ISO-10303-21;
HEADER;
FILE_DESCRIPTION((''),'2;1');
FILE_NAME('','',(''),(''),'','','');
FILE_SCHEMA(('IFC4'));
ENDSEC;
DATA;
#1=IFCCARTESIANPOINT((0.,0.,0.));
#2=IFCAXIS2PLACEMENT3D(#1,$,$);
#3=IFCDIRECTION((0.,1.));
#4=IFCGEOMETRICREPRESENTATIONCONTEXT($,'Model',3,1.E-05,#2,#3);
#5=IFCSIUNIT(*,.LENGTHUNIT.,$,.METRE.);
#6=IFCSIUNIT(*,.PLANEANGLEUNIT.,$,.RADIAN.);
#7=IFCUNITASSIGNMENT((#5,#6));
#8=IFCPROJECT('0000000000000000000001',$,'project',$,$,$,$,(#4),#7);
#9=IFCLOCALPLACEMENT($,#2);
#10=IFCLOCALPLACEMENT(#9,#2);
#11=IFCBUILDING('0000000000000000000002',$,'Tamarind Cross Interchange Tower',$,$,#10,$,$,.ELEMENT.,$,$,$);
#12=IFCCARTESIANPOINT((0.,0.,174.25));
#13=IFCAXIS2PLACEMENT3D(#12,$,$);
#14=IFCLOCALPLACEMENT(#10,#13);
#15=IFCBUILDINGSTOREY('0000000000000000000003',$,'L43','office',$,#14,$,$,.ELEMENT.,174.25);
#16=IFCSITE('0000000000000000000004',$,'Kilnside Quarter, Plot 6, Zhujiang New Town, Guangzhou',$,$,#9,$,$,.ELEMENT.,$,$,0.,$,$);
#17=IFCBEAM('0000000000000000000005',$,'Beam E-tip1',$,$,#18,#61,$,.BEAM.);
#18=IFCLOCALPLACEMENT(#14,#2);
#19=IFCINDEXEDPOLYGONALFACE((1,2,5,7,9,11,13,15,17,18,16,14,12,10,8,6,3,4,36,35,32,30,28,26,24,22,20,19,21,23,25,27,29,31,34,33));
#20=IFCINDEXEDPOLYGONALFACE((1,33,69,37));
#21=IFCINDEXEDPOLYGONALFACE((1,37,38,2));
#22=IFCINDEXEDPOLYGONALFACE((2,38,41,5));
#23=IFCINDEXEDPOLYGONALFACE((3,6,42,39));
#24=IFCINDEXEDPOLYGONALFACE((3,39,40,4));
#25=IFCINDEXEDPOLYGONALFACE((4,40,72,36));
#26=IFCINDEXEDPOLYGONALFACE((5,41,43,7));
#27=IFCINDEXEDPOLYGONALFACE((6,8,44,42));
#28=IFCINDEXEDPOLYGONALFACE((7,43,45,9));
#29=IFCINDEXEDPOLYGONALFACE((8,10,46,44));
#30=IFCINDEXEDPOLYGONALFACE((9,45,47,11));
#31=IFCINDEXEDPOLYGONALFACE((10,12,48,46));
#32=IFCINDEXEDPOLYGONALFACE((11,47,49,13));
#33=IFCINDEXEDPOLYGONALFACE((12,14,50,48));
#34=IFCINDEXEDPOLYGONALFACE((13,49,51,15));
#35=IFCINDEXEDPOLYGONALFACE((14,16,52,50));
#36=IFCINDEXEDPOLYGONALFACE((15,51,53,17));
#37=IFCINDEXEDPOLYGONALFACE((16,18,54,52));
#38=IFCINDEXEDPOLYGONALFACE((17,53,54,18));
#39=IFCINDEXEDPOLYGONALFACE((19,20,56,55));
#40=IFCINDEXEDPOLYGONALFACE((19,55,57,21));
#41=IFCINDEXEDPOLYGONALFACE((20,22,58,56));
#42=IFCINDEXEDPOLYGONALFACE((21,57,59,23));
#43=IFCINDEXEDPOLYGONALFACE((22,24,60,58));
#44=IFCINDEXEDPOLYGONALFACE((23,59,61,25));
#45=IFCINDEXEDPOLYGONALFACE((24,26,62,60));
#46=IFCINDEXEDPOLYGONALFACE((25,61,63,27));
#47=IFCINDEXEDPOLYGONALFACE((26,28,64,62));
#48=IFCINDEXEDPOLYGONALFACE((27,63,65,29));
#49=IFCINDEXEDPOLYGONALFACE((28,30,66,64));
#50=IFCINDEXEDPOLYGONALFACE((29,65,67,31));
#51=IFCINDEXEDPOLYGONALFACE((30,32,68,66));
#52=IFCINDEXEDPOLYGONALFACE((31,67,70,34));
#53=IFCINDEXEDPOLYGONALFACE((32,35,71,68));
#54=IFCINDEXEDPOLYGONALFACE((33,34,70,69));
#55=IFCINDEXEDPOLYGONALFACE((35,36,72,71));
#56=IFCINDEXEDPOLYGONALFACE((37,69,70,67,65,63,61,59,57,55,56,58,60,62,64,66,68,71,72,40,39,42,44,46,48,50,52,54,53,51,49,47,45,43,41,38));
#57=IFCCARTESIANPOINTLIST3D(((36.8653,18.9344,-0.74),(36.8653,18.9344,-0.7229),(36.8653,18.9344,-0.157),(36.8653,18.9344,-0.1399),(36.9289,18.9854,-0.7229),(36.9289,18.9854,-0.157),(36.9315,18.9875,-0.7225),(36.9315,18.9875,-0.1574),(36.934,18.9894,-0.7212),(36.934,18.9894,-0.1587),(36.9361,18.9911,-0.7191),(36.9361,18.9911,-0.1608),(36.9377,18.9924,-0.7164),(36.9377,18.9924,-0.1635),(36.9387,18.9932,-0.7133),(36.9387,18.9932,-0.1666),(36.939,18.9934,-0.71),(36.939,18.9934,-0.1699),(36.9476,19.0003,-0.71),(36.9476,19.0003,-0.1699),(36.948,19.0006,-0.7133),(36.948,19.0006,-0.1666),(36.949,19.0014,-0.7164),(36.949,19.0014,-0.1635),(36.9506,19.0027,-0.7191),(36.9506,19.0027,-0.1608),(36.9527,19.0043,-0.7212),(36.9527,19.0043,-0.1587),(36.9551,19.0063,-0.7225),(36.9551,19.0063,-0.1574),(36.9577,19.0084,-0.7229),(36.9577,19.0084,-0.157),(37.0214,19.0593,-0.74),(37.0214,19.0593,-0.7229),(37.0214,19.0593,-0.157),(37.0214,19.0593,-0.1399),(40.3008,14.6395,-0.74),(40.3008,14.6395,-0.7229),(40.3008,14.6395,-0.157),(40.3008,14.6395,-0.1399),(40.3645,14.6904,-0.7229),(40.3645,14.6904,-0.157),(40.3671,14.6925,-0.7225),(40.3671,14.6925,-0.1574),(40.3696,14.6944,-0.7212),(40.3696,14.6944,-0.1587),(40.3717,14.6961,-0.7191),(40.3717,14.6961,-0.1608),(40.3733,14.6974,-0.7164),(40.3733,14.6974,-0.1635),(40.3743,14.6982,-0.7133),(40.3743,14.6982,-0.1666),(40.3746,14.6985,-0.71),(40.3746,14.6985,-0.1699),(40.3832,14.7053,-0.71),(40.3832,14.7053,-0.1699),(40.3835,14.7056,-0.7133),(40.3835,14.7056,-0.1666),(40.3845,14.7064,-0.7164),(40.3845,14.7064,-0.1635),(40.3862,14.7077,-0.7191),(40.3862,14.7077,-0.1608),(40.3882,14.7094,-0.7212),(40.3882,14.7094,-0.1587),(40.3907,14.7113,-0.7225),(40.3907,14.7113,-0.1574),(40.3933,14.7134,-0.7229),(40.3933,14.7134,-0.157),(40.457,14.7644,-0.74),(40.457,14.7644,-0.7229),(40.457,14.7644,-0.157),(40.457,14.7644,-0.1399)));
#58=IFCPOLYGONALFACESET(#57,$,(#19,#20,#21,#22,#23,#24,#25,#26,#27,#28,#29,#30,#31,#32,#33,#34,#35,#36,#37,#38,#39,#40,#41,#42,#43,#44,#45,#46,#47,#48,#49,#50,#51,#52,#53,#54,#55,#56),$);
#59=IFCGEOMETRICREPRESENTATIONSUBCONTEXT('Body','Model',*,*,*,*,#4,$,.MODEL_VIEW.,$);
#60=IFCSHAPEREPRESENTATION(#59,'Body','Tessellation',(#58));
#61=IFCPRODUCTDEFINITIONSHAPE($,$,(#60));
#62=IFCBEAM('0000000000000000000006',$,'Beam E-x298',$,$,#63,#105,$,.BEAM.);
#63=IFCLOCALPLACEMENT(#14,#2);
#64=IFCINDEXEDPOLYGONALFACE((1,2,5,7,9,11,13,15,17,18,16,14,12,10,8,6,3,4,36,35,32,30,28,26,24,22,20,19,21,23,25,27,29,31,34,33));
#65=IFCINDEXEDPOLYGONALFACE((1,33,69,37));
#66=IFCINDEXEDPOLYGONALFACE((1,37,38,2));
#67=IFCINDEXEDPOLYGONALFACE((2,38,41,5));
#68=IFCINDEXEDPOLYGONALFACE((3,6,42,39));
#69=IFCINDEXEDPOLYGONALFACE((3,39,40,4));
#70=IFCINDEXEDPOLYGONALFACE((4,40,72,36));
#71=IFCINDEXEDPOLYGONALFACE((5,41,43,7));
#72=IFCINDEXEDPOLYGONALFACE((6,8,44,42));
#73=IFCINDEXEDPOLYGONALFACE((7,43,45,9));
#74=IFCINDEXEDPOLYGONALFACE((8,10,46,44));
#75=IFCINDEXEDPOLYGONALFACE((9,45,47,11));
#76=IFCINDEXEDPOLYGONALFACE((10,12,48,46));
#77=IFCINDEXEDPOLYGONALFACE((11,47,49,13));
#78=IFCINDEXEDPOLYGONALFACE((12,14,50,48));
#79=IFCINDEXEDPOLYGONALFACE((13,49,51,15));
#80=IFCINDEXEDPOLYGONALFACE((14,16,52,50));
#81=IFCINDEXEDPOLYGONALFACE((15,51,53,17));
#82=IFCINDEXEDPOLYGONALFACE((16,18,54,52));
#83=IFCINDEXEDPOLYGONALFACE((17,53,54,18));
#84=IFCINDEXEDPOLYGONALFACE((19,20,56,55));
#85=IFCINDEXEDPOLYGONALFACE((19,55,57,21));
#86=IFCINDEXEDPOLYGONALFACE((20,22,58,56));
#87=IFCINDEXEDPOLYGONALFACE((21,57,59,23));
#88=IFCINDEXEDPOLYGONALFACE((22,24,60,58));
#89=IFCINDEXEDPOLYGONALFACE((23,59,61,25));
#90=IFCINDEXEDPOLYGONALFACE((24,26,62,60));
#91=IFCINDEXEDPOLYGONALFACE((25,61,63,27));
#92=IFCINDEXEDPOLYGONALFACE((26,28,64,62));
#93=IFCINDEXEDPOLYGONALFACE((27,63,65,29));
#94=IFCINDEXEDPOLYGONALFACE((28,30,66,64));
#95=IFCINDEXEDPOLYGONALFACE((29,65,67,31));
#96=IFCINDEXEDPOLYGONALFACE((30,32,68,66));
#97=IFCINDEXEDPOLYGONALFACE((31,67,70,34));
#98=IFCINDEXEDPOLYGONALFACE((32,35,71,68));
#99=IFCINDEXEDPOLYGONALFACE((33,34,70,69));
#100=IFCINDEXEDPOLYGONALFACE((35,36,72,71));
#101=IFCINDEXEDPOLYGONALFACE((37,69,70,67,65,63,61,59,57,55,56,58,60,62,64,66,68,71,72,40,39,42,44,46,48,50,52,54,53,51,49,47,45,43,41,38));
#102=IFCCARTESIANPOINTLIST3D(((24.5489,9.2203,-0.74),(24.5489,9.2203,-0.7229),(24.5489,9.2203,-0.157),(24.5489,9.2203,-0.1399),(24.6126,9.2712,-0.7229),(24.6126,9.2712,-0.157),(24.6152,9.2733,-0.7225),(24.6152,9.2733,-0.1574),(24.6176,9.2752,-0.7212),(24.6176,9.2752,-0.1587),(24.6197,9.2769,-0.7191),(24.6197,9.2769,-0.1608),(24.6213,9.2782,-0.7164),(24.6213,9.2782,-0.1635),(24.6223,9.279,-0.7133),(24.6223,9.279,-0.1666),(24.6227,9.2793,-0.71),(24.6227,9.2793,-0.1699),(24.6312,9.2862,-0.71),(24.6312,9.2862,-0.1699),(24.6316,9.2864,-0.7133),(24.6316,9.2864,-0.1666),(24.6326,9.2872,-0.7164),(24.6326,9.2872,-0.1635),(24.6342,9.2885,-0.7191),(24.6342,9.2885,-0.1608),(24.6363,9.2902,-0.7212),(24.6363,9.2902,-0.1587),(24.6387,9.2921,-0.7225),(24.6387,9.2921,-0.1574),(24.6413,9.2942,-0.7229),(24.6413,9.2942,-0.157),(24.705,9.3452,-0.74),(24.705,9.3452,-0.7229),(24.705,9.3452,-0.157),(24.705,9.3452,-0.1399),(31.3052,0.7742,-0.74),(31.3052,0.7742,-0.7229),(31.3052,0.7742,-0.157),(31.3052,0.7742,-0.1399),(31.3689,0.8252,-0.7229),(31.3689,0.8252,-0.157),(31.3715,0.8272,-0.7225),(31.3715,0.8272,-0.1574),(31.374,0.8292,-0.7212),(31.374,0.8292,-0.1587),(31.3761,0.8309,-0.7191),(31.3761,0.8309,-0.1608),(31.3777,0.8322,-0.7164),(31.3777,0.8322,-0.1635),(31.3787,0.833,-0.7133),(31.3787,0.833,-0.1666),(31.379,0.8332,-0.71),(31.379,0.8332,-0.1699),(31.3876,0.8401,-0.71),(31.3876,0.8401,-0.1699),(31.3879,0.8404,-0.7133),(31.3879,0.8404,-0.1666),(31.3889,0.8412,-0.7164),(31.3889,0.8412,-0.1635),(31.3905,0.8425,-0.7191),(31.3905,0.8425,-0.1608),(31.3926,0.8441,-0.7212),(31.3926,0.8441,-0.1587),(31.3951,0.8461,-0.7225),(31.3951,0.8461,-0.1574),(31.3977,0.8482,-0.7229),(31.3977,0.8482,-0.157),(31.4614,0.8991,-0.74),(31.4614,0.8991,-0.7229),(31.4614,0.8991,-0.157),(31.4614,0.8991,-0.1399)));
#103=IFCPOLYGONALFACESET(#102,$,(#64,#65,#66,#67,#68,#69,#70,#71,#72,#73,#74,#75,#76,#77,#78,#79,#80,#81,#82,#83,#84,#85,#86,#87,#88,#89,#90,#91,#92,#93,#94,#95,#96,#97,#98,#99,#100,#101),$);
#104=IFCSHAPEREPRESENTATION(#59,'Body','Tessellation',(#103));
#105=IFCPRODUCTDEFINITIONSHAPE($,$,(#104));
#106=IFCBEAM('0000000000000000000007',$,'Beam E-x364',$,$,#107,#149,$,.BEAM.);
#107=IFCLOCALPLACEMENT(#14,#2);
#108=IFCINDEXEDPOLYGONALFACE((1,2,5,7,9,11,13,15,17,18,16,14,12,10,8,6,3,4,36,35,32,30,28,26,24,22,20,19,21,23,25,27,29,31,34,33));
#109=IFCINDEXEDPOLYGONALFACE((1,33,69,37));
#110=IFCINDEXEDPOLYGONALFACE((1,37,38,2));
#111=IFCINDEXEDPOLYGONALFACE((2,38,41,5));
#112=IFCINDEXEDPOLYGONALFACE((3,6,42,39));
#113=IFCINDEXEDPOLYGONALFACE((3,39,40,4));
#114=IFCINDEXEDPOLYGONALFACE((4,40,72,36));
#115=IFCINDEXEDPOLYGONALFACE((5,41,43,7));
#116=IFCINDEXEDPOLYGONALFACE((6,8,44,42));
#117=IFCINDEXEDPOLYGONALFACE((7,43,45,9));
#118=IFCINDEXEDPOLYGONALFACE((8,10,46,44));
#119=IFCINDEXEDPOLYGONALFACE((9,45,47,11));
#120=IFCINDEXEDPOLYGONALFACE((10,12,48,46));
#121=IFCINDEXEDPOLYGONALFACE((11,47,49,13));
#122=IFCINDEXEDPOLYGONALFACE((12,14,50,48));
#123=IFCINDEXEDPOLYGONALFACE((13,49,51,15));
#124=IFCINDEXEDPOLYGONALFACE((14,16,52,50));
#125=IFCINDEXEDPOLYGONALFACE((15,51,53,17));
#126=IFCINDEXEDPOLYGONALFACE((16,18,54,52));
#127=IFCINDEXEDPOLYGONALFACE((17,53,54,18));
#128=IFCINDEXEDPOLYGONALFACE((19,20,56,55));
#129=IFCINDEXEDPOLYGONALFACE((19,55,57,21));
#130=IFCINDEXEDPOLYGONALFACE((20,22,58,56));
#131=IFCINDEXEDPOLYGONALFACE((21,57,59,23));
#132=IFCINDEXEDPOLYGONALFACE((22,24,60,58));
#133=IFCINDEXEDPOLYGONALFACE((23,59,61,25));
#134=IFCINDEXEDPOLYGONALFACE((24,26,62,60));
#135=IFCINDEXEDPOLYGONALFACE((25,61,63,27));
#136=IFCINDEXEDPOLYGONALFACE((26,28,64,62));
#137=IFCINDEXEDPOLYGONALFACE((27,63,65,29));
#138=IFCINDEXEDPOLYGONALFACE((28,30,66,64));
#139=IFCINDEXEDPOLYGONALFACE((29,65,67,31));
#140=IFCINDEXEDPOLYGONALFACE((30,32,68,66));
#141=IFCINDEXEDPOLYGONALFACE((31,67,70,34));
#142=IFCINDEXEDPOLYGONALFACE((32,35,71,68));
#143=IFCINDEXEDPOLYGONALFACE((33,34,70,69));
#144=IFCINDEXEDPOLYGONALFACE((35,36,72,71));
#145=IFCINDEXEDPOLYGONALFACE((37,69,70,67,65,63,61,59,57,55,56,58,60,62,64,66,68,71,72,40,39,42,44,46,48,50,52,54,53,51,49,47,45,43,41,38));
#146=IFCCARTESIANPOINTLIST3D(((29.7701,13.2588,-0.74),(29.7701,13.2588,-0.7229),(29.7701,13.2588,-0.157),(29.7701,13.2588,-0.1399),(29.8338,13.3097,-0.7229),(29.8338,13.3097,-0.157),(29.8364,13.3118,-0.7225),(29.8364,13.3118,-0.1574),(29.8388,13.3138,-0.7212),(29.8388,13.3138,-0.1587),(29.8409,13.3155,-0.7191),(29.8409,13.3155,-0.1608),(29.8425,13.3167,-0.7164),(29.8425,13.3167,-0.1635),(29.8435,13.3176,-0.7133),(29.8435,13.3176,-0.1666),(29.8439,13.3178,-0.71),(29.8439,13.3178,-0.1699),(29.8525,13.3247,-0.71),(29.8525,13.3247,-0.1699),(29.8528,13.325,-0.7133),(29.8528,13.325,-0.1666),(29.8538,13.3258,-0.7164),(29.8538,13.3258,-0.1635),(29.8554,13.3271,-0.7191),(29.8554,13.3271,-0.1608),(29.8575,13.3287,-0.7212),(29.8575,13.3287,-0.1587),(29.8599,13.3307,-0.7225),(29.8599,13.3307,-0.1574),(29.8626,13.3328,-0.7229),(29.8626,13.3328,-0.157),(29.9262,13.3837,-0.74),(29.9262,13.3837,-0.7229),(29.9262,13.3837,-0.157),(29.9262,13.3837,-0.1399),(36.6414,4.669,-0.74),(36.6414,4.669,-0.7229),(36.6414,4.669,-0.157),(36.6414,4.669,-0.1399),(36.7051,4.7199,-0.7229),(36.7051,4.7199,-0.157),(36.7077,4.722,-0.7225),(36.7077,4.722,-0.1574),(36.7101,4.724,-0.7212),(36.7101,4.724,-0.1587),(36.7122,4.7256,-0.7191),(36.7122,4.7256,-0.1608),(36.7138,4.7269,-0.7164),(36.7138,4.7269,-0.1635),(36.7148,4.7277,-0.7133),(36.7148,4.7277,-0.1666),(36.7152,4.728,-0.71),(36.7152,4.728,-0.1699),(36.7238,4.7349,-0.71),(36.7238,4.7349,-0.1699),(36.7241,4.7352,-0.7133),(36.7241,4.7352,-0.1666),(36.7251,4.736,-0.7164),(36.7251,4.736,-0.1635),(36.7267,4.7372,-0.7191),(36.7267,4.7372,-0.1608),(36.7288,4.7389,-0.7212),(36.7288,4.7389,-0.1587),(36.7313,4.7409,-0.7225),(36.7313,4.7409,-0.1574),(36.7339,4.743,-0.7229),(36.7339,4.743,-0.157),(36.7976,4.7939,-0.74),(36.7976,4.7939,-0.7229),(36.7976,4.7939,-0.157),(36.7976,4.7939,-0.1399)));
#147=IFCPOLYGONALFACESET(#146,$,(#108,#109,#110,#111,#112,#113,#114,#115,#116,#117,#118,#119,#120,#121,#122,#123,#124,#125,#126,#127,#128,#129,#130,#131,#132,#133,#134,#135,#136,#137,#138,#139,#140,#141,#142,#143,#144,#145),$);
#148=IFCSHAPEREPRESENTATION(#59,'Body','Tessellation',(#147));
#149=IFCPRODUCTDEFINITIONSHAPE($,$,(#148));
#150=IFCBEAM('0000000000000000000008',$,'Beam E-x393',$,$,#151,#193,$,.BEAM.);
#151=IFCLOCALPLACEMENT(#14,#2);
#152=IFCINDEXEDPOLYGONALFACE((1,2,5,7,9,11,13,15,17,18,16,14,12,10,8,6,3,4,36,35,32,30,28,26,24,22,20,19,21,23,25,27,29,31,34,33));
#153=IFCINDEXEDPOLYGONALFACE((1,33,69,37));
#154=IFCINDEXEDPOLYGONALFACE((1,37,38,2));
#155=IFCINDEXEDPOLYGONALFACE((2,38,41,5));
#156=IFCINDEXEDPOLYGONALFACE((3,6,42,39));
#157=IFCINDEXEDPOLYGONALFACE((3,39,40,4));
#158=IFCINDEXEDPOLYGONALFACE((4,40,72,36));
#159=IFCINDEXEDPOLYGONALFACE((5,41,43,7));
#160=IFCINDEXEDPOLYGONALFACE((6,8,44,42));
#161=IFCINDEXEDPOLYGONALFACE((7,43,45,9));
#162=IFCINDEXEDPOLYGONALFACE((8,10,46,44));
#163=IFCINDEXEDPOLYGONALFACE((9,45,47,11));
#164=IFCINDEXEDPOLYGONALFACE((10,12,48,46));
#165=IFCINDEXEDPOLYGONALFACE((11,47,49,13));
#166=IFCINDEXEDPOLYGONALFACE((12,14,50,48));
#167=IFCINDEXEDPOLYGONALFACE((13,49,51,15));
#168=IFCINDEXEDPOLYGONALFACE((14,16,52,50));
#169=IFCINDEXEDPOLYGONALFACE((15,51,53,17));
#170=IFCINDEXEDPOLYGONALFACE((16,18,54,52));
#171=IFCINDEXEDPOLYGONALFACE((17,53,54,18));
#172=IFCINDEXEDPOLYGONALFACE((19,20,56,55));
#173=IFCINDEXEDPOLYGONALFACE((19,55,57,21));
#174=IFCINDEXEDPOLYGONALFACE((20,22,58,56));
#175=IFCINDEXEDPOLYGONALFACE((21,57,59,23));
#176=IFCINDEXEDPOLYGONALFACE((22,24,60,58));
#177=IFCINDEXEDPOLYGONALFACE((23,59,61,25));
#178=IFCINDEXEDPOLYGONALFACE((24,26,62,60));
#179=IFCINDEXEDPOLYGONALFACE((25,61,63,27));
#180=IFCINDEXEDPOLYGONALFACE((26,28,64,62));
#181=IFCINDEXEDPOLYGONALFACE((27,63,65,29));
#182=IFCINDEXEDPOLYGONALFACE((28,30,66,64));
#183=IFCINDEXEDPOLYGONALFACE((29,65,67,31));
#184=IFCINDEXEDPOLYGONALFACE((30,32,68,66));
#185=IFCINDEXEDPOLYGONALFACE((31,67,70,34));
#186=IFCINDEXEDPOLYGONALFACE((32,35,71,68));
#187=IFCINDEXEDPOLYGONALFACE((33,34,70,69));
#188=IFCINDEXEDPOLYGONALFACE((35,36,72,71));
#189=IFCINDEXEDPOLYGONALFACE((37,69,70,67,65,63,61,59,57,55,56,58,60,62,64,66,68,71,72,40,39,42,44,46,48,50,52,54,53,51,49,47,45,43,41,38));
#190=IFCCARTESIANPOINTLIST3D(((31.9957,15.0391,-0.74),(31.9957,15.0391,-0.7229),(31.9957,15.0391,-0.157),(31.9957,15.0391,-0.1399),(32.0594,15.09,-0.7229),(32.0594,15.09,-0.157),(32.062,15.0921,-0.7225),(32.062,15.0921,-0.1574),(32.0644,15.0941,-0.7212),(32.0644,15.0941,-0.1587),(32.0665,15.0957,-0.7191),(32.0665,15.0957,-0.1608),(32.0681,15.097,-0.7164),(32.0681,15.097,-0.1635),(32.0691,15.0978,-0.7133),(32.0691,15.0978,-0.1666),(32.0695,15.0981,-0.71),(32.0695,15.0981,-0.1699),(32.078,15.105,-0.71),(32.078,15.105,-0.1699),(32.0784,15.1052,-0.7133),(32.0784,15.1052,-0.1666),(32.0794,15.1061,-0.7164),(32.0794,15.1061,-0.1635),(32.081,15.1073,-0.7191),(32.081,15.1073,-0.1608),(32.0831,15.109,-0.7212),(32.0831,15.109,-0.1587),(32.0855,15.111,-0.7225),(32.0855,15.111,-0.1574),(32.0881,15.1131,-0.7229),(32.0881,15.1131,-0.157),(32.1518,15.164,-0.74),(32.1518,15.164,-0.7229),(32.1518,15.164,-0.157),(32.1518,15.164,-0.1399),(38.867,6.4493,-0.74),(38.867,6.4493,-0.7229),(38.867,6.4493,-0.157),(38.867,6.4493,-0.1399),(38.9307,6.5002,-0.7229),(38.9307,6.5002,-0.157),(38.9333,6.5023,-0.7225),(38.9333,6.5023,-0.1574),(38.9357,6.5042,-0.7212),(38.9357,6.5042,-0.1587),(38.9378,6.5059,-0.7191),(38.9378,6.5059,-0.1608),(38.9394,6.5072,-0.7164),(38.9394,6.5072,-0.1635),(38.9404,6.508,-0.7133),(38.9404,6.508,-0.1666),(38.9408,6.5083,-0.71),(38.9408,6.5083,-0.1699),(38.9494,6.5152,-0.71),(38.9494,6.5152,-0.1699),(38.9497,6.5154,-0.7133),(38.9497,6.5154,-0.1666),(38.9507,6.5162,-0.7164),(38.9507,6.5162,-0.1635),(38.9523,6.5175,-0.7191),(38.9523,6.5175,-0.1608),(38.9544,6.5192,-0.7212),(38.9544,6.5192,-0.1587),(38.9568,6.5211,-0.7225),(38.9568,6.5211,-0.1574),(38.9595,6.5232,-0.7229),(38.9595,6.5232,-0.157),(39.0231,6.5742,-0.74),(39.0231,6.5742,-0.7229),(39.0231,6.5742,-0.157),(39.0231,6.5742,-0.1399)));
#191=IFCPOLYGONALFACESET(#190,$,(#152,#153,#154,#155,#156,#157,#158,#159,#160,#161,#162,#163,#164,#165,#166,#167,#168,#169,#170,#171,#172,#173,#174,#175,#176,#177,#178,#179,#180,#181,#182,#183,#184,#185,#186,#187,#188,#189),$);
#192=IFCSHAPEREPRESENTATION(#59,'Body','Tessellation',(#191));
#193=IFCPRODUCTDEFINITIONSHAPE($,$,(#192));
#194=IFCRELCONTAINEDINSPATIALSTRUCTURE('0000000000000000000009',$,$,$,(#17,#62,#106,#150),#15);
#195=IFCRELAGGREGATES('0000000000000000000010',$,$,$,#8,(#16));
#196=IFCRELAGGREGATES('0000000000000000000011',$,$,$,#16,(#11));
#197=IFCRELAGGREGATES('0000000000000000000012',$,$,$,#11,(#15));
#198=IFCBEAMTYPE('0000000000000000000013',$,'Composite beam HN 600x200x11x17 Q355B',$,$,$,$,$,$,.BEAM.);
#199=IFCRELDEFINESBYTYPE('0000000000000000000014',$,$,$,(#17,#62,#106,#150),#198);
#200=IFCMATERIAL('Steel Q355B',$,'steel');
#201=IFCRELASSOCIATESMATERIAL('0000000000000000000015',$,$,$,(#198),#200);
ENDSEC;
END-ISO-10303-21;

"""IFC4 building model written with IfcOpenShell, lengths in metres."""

from ifc_helpers import new_model, si_unit, direction, frame, origin, origin_2d, place, context, subcontext, project, spatial, i_section, extrude, material, material_profile, profile_set, type_object, element, save


model = new_model("IFC4")

# Units and contexts
model_context = context("Model", 3, precision=1e-05, world=origin(), true_north=direction((0.0, 1.0)))
body_context = subcontext(model_context, "Body", "Model", "MODEL_VIEW")
ifc_project = project(units=[si_unit("LENGTHUNIT", "METRE"), si_unit("PLANEANGLEUNIT", "RADIAN")], contexts=[model_context])

# Site, building, storey
site_placement = place(None, origin())
site = spatial("IfcSite", under=ifc_project, at=site_placement, Name="Kilnside Quarter, Plot 6, Zhujiang New Town, Guangzhou", CompositionType="ELEMENT", RefElevation=0.0)
building_placement = place(site_placement, origin())
building = spatial("IfcBuilding", under=site, at=building_placement, Name="Tamarind Cross Interchange Tower", CompositionType="ELEMENT")
storey_placement = place(building_placement, frame((0.0, 0.0, 174.25)))
storey = spatial("IfcBuildingStorey", under=building, at=storey_placement, Name="L43", Description="office", CompositionType="ELEMENT", Elevation=174.25)

# Beams
ifc_material_1 = material(Name="Steel Q355B", Category="steel")
ifc_material_profile_1 = material_profile(ifc_material_1, i_section(OverallWidth=0.2, OverallDepth=0.6001, WebThickness=0.011, FlangeThickness=0.0171, FilletRadius=0.0129, at=origin_2d()), Name="HN 600x200x11x17")
ifc_profile_set_1 = profile_set([ifc_material_profile_1], Name="Steel Q355B")
beam_type_1 = type_object("IfcBeamType", Name="Composite beam HN 600x200x11x17 Q355B", PredefinedType="BEAM", material=ifc_profile_set_1)
for number, where, z_axis, x_axis, name in (
    (1, (40.3789, 14.7019, -0.4399), (-0.624652, 0.780903, 0.0), (-0.780903, -0.624652, 0.0), "Beam E-tip1"),
):
    element("IfcBeam", number, at=place(storey_placement, frame(where, z_axis=z_axis, x_axis=x_axis)), inside=storey, type_object=beam_type_1, Name=name, PredefinedType="BEAM", context=body_context, shape_type="SweptSolid", body=[
        extrude(i_section(OverallWidth=0.2, OverallDepth=0.6001, WebThickness=0.011, FlangeThickness=0.0171, FilletRadius=0.0129, at=origin_2d()), origin(), (0.0, 0.0, 1.0), 5.5),
    ])
beam_1_placement = place(storey_placement, frame((31.3833, 0.8367, -0.4399), z_axis=(-0.624668, 0.780891, 0.0), x_axis=(-0.780891, -0.624668, 0.0)))
element("IfcBeam", 2, at=beam_1_placement, inside=storey, type_object=beam_type_1, Name="Beam E-x298", PredefinedType="BEAM", context=body_context, shape_type="SweptSolid", body=[
    extrude(i_section(OverallWidth=0.2, OverallDepth=0.6001, WebThickness=0.011, FlangeThickness=0.0171, FilletRadius=0.0129, at=origin_2d()), origin(), (0.0, 0.0, 1.0), 10.8159),
])
for number, where, z_axis, x_axis, name in (
    (3, (36.7195, 4.7314, -0.4399), (-0.624665, 0.780893, 0.0), (-0.780893, -0.624665, 0.0), "Beam E-x364"),
    (4, (38.9451, 6.5117, -0.4399), (-0.624665, 0.780893, 0.0), (-0.780893, -0.624665, 0.0), "Beam E-x393"),
):
    element("IfcBeam", number, at=place(storey_placement, frame(where, z_axis=z_axis, x_axis=x_axis)), inside=storey, type_object=beam_type_1, Name=name, PredefinedType="BEAM", context=body_context, shape_type="SweptSolid", body=[
        extrude(i_section(OverallWidth=0.2, OverallDepth=0.6001, WebThickness=0.011, FlangeThickness=0.0171, FilletRadius=0.0129, at=origin_2d()), origin(), (0.0, 0.0, 1.0), 11.0),
    ])

save(model, "model.ifc")
